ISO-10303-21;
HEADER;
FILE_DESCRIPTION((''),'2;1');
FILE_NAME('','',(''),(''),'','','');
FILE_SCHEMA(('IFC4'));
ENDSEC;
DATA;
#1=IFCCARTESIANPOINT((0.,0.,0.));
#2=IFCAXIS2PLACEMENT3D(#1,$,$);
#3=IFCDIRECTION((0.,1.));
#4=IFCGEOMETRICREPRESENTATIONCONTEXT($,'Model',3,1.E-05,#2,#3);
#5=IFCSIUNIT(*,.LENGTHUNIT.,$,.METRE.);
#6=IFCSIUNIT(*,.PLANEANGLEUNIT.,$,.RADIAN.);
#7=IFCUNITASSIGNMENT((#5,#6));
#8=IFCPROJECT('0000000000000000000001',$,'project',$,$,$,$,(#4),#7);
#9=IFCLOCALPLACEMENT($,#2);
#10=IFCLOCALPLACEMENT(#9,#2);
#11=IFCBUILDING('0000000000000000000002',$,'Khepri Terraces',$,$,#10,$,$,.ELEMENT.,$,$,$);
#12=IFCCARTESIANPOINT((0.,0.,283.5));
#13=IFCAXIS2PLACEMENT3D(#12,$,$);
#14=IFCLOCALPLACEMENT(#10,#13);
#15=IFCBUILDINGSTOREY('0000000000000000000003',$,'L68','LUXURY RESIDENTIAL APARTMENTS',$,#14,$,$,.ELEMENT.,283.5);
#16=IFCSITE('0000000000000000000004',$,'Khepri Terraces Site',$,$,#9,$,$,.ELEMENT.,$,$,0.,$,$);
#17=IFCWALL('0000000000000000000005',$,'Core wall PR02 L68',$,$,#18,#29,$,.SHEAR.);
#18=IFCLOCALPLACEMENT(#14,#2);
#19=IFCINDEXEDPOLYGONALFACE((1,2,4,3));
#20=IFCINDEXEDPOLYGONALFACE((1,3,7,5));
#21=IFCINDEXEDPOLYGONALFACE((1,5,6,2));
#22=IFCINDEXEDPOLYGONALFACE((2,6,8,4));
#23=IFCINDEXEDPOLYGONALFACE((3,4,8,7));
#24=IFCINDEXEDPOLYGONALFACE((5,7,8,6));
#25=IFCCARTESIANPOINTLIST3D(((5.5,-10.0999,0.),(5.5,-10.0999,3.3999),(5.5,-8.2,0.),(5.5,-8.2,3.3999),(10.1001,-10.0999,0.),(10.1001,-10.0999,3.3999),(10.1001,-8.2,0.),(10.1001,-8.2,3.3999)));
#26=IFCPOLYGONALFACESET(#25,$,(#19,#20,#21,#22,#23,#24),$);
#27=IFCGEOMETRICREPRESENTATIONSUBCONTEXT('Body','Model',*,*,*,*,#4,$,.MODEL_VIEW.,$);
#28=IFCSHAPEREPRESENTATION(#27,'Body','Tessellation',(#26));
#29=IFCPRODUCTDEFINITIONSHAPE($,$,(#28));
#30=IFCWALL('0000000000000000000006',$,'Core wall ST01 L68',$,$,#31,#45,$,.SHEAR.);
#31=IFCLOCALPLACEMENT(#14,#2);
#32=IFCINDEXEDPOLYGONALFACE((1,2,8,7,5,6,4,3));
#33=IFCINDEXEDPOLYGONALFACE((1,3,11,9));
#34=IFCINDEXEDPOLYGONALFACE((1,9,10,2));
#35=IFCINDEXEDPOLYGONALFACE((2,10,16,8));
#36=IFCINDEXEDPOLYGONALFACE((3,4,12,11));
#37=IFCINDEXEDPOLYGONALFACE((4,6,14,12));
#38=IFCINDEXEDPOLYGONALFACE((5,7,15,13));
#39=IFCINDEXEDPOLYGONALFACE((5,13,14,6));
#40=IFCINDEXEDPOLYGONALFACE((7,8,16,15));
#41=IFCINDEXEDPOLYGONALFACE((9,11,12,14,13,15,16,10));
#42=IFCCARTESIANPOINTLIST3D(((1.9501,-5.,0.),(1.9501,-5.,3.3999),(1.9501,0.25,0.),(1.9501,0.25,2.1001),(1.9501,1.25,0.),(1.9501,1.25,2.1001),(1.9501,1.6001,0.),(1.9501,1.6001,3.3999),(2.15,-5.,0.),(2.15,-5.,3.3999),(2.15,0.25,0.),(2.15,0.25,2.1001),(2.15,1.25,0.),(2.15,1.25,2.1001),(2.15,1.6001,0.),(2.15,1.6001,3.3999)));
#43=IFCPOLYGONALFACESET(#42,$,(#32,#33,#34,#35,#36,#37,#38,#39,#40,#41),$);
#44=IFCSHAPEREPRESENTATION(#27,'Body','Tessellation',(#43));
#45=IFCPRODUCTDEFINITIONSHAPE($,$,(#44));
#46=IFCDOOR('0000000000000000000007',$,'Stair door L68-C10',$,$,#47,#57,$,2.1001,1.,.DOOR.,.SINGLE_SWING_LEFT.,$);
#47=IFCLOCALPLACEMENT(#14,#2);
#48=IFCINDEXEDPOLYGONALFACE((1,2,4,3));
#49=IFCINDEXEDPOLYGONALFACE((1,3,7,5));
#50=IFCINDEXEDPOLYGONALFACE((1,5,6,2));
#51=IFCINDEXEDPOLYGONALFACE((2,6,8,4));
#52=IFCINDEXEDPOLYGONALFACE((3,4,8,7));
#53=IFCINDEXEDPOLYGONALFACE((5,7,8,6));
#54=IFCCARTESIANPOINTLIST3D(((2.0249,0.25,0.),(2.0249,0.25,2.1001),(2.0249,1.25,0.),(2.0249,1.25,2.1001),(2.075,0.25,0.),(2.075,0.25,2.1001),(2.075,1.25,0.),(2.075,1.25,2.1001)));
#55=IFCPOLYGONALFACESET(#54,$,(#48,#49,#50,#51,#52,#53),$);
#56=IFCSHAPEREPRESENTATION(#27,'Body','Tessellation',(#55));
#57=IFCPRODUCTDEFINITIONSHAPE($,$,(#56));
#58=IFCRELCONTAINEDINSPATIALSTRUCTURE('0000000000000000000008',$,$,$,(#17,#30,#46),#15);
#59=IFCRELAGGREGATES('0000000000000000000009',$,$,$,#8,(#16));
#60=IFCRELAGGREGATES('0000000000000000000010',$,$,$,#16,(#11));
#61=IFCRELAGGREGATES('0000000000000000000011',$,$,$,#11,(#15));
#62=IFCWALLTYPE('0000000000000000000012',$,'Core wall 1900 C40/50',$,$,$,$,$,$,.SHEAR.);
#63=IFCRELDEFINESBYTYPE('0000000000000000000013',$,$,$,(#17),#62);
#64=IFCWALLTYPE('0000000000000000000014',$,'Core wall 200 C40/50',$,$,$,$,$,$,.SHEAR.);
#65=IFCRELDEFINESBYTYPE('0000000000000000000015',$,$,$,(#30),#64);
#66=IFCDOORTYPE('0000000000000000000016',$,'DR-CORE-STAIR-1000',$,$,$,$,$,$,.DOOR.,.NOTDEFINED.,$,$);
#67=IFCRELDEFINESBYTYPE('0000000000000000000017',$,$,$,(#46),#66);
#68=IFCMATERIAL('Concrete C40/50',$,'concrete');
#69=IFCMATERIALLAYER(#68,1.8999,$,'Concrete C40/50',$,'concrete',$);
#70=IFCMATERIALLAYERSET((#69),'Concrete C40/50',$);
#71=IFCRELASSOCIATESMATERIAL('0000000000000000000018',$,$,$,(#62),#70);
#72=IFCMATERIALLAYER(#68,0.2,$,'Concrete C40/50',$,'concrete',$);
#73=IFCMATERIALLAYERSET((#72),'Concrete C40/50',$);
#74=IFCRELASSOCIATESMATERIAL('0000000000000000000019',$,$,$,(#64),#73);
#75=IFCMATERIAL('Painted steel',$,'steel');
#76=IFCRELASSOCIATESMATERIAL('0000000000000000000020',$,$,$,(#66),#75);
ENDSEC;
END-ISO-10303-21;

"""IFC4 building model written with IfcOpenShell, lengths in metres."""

from ifc_helpers import new_model, si_unit, direction, frame, frame_2d, origin, place, context, subcontext, project, spatial, rectangle, extrude, material, layer, layer_set, type_object, element, fill, save


model = new_model("IFC4")

# Units and contexts
model_context = context("Model", 3, precision=1e-05, world=origin(), true_north=direction((0.0, 1.0)))
body_context = subcontext(model_context, "Body", "Model", "MODEL_VIEW")
ifc_project = project(units=[si_unit("LENGTHUNIT", "METRE"), si_unit("PLANEANGLEUNIT", "RADIAN")], contexts=[model_context])

# Site, building, storey
site_placement = place(None, origin())
site = spatial("IfcSite", under=ifc_project, at=site_placement, Name="Khepri Terraces Site", CompositionType="ELEMENT", RefElevation=0.0)
building_placement = place(site_placement, origin())
building = spatial("IfcBuilding", under=site, at=building_placement, Name="Khepri Terraces", CompositionType="ELEMENT")
storey_placement = place(building_placement, frame((0.0, 0.0, 283.5)))
storey = spatial("IfcBuildingStorey", under=building, at=storey_placement, Name="L68", Description="LUXURY RESIDENTIAL APARTMENTS", CompositionType="ELEMENT", Elevation=283.5)

# Wall
ifc_material_1 = material(Name="Concrete C40/50", Category="concrete")
ifc_layer_1 = layer(ifc_material_1, 1.8999, Name="Concrete C40/50", Category="concrete")
ifc_layer_set_1 = layer_set([ifc_layer_1], Name="Concrete C40/50")
wall_type_1 = type_object("IfcWallType", Name="Core wall 1900 C40/50", PredefinedType="SHEAR", material=ifc_layer_set_1)
wall_1_placement = place(storey_placement, frame((5.5, -9.1499, 0.0), z_axis=(0.0, 0.0, 1.0), x_axis=(1.0, 0.0, 0.0)))
element("IfcWall", 1, at=wall_1_placement, inside=storey, type_object=wall_type_1, Name="Core wall PR02 L68", PredefinedType="SHEAR", context=body_context, shape_type="SweptSolid", body=[
    extrude(rectangle(XDim=4.6001, YDim=1.8999, at=frame_2d((2.3, 0.0))), origin(), (0.0, 0.0, 1.0), 3.3999),
])

# Wall, opening, door
ifc_layer_2 = layer(ifc_material_1, 0.2, Name="Concrete C40/50", Category="concrete")
ifc_layer_set_2 = layer_set([ifc_layer_2], Name="Concrete C40/50")
wall_type_2 = type_object("IfcWallType", Name="Core wall 200 C40/50", PredefinedType="SHEAR", material=ifc_layer_set_2)
wall_2_placement = place(storey_placement, frame((2.05, -5.0, 0.0), z_axis=(0.0, 0.0, 1.0), x_axis=(0.0, 1.0, 0.0)))
wall_2 = element("IfcWall", 2, at=wall_2_placement, inside=storey, type_object=wall_type_2, Name="Core wall ST01 L68", PredefinedType="SHEAR", context=body_context, shape_type="SweptSolid", body=[
    extrude(rectangle(XDim=6.6001, YDim=0.2, at=frame_2d((3.3, 0.0))), origin(), (0.0, 0.0, 1.0), 3.3999),
])
opening_1_placement = place(wall_2_placement, frame((5.25, 0.0, 0.0)))
opening_1 = element("IfcOpeningElement", 3, at=opening_1_placement, cuts=wall_2, PredefinedType="OPENING", context=body_context, shape_type="SweptSolid", body=[
    extrude(rectangle(XDim=1.0, YDim=2.1001, at=frame_2d((0.5, 1.05))), frame((0.0, 0.1099, 0.0), z_axis=(0.0, -1.0, 0.0), x_axis=(1.0, 0.0, 0.0)), (0.0, 0.0, 1.0), 0.22),
])
ifc_material_2 = material(Name="Painted steel", Category="steel")
door_type_1 = type_object("IfcDoorType", Name="DR-CORE-STAIR-1000", OperationType="NOTDEFINED", PredefinedType="DOOR", material=ifc_material_2)
door_1_placement = place(opening_1_placement, frame((1.0, 0.0, 0.0), z_axis=(0.0, 0.0, 1.0), x_axis=(-1.0, 0.0, 0.0)))
door_1 = element("IfcDoor", 4, at=door_1_placement, inside=storey, type_object=door_type_1, Name="Stair door L68-C10", OperationType="SINGLE_SWING_LEFT", OverallHeight=2.1001, OverallWidth=1.0, PredefinedType="DOOR", context=body_context, shape_type="SweptSolid", body=[
    extrude(rectangle(XDim=1.0, YDim=2.1001, at=frame_2d((0.5, 1.05))), frame((0.0, 0.0249, 0.0), z_axis=(0.0, -1.0, 0.0), x_axis=(1.0, 0.0, 0.0)), (0.0, 0.0, 1.0), 0.05),
])
fill(opening_1, door_1)

save(model, "model.ifc")
